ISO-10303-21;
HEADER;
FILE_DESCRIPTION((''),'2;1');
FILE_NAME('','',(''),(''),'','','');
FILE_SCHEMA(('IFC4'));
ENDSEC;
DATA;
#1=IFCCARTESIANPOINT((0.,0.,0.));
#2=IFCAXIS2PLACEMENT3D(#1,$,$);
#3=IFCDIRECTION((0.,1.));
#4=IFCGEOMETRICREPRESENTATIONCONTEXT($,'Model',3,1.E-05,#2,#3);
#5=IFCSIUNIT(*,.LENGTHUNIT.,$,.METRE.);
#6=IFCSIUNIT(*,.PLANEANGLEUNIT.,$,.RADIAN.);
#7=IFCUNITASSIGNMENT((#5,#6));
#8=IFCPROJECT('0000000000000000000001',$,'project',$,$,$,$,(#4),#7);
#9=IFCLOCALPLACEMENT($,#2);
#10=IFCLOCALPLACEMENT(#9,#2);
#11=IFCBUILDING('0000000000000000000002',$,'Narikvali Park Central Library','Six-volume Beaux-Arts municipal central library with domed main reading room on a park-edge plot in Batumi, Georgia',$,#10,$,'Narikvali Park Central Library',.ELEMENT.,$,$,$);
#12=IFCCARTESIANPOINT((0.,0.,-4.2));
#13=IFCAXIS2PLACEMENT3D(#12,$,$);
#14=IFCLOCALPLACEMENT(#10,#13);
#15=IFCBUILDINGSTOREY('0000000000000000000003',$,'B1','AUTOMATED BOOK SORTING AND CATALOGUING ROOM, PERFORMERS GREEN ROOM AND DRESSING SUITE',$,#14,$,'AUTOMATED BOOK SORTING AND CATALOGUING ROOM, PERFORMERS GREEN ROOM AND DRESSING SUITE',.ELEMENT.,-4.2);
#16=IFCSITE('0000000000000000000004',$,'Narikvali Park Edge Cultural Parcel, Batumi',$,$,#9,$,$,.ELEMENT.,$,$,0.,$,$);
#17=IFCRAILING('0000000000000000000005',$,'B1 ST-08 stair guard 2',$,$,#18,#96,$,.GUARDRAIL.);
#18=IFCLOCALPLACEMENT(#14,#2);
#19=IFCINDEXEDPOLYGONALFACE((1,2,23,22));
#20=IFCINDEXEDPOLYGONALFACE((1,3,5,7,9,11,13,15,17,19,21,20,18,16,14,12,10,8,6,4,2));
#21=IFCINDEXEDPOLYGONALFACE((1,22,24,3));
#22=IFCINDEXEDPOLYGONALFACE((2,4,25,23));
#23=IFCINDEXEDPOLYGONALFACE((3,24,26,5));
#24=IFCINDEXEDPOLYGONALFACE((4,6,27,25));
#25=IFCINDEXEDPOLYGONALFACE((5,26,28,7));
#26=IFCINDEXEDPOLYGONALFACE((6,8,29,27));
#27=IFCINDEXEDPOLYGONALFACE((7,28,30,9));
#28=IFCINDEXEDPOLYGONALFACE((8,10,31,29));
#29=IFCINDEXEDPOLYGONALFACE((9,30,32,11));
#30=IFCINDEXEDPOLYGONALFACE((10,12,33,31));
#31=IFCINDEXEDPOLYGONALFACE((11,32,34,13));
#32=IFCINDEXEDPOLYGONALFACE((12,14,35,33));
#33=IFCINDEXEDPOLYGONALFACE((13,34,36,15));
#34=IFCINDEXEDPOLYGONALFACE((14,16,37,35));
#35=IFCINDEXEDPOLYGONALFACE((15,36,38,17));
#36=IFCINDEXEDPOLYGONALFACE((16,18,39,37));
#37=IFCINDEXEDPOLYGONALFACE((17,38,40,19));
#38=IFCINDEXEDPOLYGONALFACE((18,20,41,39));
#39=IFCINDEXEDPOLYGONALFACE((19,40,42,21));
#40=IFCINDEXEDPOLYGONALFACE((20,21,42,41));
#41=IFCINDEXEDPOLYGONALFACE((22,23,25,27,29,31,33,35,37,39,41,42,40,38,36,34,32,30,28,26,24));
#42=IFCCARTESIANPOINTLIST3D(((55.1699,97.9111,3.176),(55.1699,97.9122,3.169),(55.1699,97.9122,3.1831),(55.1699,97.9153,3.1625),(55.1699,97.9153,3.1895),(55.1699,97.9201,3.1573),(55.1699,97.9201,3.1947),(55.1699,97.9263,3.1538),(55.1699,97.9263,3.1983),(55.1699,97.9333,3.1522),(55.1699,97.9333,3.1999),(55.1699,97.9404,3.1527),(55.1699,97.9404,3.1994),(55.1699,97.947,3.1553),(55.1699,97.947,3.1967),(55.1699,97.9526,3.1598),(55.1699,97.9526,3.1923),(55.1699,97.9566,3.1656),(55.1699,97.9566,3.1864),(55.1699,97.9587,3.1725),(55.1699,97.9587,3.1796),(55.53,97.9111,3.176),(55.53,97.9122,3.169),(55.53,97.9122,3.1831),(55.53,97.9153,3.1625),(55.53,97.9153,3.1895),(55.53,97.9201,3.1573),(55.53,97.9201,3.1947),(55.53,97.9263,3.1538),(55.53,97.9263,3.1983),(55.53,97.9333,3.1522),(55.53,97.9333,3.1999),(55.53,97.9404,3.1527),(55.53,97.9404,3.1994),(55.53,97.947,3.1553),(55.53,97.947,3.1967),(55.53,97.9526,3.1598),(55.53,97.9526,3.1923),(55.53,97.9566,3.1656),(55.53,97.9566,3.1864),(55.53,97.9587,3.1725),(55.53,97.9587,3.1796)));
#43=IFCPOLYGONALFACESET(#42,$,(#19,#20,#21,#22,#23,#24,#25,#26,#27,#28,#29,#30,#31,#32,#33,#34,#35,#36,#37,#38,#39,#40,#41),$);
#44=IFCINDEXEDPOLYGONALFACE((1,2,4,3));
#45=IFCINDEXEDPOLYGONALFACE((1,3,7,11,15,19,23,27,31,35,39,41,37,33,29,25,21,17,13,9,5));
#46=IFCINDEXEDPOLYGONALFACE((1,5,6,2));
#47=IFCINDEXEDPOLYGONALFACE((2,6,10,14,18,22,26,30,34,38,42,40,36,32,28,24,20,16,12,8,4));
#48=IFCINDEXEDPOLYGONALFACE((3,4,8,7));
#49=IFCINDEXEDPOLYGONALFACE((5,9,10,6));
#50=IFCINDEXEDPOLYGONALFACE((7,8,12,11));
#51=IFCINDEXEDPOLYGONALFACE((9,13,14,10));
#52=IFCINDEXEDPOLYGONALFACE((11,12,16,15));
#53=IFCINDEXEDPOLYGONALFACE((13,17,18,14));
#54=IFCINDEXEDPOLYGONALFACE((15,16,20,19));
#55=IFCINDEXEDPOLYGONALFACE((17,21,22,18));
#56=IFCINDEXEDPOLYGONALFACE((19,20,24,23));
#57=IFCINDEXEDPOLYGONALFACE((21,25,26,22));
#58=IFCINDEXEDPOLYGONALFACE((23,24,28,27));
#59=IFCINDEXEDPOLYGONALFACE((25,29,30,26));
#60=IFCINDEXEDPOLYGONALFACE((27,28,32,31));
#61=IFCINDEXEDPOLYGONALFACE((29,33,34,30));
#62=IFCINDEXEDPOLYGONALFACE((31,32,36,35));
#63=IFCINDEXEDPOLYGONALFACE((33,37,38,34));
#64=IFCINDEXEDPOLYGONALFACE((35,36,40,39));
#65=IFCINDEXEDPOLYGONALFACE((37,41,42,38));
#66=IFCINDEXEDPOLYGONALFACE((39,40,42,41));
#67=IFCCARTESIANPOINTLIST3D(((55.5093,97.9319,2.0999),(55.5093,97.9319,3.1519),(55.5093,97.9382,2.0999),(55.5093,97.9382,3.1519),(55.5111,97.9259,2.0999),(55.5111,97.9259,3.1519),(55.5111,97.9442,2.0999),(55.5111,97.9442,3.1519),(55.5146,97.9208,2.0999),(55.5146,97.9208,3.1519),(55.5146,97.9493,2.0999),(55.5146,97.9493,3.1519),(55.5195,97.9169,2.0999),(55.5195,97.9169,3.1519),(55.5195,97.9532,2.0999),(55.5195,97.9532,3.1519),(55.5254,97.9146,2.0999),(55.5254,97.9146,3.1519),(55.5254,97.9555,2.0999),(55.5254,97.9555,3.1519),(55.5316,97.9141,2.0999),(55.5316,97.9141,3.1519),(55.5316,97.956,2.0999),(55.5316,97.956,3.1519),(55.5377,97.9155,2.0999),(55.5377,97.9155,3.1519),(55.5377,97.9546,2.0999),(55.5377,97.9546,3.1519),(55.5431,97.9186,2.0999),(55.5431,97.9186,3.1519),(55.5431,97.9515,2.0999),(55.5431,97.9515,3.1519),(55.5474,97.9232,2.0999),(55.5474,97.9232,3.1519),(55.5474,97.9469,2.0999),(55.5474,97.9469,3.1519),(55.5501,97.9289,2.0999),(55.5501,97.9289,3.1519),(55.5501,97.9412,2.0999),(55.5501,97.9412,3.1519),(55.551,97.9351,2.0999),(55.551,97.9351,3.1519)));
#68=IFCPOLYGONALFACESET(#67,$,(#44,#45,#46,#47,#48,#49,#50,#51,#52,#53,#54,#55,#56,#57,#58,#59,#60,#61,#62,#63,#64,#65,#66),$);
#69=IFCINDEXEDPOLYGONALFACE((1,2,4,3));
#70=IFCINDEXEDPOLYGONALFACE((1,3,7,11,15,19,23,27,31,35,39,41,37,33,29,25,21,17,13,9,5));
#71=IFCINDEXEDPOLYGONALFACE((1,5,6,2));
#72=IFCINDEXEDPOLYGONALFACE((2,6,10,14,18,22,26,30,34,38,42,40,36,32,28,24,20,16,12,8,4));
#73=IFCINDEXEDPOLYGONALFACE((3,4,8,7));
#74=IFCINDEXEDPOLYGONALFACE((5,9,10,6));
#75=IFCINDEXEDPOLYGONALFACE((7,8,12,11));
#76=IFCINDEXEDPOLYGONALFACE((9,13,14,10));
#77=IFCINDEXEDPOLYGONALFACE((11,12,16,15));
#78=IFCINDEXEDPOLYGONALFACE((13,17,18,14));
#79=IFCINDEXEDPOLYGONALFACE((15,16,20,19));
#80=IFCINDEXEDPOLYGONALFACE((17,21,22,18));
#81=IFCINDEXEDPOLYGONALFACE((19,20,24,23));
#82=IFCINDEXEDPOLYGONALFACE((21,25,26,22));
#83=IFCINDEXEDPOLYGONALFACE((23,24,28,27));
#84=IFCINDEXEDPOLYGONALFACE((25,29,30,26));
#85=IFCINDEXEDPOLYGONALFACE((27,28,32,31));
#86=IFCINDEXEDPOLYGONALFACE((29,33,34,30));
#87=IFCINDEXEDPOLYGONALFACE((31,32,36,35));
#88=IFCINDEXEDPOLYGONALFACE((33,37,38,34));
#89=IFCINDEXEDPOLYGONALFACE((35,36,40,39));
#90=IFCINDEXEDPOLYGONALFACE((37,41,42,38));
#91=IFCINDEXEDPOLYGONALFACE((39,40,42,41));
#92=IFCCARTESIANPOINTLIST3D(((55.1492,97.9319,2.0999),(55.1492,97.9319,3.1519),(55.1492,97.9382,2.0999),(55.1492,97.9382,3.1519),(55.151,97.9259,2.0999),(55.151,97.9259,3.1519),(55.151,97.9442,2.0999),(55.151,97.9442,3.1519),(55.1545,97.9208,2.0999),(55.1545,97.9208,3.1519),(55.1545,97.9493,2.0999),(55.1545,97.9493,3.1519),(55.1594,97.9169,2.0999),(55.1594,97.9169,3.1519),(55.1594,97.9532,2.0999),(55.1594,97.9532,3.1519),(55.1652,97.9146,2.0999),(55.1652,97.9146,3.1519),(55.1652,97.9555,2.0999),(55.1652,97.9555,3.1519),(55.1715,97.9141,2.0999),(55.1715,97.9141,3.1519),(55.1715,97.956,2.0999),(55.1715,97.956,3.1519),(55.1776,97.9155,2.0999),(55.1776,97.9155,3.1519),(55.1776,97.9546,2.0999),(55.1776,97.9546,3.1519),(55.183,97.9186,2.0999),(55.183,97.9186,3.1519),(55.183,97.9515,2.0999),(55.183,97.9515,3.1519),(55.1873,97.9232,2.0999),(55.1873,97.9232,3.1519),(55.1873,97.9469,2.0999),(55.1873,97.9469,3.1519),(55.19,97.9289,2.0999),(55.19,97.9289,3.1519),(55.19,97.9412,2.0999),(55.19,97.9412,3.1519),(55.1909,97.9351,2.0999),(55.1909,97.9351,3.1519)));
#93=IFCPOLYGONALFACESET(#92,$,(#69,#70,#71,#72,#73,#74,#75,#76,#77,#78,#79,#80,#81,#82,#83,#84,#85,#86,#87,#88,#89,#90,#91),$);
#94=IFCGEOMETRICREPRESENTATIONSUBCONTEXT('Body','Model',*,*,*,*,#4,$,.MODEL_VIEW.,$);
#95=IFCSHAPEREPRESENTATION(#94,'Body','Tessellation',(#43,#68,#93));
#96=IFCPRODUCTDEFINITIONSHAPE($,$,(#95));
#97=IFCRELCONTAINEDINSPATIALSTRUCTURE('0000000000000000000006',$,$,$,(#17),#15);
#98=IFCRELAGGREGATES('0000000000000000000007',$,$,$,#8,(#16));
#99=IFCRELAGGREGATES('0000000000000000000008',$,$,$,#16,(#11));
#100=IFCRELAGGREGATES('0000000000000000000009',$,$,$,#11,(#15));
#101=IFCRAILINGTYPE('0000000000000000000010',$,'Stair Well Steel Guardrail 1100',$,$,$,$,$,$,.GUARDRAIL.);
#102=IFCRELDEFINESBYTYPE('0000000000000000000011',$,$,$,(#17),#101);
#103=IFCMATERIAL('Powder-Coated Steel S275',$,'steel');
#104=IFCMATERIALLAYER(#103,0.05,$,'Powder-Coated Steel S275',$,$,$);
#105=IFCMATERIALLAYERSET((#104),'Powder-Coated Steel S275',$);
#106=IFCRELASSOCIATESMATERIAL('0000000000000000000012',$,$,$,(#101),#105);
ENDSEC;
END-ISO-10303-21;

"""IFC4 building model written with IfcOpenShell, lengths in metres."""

from ifc_helpers import new_model, si_unit, direction, frame, origin, origin_2d, place, context, subcontext, project, spatial, circle, extrude, material, layer, layer_set, type_object, element, save


model = new_model("IFC4")

# Units and contexts
model_context = context("Model", 3, precision=1e-05, world=origin(), true_north=direction((0.0, 1.0)))
body_context = subcontext(model_context, "Body", "Model", "MODEL_VIEW")
ifc_project = project(units=[si_unit("LENGTHUNIT", "METRE"), si_unit("PLANEANGLEUNIT", "RADIAN")], contexts=[model_context])

# Site, building, storey
site_placement = place(None, origin())
site = spatial("IfcSite", under=ifc_project, at=site_placement, Name="Narikvali Park Edge Cultural Parcel, Batumi", CompositionType="ELEMENT", RefElevation=0.0)
building_placement = place(site_placement, origin())
building = spatial("IfcBuilding", under=site, at=building_placement, Name="Narikvali Park Central Library", Description="Six-volume Beaux-Arts municipal central library with domed main reading room on a park-edge plot in Batumi, Georgia", LongName="Narikvali Park Central Library", CompositionType="ELEMENT")
storey_placement = place(building_placement, frame((0.0, 0.0, -4.2)))
storey = spatial("IfcBuildingStorey", under=building, at=storey_placement, Name="B1", Description="AUTOMATED BOOK SORTING AND CATALOGUING ROOM, PERFORMERS GREEN ROOM AND DRESSING SUITE", LongName="AUTOMATED BOOK SORTING AND CATALOGUING ROOM, PERFORMERS GREEN ROOM AND DRESSING SUITE", CompositionType="ELEMENT", Elevation=-4.2)

# Railing
ifc_material_1 = material(Name="Powder-Coated Steel S275", Category="steel")
ifc_layer_1 = layer(ifc_material_1, 0.05, Name="Powder-Coated Steel S275")
ifc_layer_set_1 = layer_set([ifc_layer_1], Name="Powder-Coated Steel S275")
railing_type_1 = type_object("IfcRailingType", Name="Stair Well Steel Guardrail 1100", PredefinedType="GUARDRAIL", material=ifc_layer_set_1)
railing_1_placement = place(storey_placement, frame((55.53, 97.9351, 2.0999)))
element("IfcRailing", 1, at=railing_1_placement, inside=storey, type_object=railing_type_1, Name="B1 ST-08 stair guard 2", PredefinedType="GUARDRAIL", context=body_context, shape_type="SweptSolid", body=[
    extrude(circle(Radius=0.0239, at=origin_2d()), frame((0.0, 0.0, 1.0762), z_axis=(-1.0, 0.0, 0.0), x_axis=(0.0, -1.0, 0.0)), (0.0, 0.0, 1.0), 0.3601),
    extrude(circle(Radius=0.021, at=origin_2d()), origin(), (0.0, 0.0, 1.0), 1.052),
    extrude(circle(Radius=0.021, at=origin_2d()), frame((-0.3601, 0.0, 0.0)), (0.0, 0.0, 1.0), 1.052),
])

save(model, "model.ifc")
